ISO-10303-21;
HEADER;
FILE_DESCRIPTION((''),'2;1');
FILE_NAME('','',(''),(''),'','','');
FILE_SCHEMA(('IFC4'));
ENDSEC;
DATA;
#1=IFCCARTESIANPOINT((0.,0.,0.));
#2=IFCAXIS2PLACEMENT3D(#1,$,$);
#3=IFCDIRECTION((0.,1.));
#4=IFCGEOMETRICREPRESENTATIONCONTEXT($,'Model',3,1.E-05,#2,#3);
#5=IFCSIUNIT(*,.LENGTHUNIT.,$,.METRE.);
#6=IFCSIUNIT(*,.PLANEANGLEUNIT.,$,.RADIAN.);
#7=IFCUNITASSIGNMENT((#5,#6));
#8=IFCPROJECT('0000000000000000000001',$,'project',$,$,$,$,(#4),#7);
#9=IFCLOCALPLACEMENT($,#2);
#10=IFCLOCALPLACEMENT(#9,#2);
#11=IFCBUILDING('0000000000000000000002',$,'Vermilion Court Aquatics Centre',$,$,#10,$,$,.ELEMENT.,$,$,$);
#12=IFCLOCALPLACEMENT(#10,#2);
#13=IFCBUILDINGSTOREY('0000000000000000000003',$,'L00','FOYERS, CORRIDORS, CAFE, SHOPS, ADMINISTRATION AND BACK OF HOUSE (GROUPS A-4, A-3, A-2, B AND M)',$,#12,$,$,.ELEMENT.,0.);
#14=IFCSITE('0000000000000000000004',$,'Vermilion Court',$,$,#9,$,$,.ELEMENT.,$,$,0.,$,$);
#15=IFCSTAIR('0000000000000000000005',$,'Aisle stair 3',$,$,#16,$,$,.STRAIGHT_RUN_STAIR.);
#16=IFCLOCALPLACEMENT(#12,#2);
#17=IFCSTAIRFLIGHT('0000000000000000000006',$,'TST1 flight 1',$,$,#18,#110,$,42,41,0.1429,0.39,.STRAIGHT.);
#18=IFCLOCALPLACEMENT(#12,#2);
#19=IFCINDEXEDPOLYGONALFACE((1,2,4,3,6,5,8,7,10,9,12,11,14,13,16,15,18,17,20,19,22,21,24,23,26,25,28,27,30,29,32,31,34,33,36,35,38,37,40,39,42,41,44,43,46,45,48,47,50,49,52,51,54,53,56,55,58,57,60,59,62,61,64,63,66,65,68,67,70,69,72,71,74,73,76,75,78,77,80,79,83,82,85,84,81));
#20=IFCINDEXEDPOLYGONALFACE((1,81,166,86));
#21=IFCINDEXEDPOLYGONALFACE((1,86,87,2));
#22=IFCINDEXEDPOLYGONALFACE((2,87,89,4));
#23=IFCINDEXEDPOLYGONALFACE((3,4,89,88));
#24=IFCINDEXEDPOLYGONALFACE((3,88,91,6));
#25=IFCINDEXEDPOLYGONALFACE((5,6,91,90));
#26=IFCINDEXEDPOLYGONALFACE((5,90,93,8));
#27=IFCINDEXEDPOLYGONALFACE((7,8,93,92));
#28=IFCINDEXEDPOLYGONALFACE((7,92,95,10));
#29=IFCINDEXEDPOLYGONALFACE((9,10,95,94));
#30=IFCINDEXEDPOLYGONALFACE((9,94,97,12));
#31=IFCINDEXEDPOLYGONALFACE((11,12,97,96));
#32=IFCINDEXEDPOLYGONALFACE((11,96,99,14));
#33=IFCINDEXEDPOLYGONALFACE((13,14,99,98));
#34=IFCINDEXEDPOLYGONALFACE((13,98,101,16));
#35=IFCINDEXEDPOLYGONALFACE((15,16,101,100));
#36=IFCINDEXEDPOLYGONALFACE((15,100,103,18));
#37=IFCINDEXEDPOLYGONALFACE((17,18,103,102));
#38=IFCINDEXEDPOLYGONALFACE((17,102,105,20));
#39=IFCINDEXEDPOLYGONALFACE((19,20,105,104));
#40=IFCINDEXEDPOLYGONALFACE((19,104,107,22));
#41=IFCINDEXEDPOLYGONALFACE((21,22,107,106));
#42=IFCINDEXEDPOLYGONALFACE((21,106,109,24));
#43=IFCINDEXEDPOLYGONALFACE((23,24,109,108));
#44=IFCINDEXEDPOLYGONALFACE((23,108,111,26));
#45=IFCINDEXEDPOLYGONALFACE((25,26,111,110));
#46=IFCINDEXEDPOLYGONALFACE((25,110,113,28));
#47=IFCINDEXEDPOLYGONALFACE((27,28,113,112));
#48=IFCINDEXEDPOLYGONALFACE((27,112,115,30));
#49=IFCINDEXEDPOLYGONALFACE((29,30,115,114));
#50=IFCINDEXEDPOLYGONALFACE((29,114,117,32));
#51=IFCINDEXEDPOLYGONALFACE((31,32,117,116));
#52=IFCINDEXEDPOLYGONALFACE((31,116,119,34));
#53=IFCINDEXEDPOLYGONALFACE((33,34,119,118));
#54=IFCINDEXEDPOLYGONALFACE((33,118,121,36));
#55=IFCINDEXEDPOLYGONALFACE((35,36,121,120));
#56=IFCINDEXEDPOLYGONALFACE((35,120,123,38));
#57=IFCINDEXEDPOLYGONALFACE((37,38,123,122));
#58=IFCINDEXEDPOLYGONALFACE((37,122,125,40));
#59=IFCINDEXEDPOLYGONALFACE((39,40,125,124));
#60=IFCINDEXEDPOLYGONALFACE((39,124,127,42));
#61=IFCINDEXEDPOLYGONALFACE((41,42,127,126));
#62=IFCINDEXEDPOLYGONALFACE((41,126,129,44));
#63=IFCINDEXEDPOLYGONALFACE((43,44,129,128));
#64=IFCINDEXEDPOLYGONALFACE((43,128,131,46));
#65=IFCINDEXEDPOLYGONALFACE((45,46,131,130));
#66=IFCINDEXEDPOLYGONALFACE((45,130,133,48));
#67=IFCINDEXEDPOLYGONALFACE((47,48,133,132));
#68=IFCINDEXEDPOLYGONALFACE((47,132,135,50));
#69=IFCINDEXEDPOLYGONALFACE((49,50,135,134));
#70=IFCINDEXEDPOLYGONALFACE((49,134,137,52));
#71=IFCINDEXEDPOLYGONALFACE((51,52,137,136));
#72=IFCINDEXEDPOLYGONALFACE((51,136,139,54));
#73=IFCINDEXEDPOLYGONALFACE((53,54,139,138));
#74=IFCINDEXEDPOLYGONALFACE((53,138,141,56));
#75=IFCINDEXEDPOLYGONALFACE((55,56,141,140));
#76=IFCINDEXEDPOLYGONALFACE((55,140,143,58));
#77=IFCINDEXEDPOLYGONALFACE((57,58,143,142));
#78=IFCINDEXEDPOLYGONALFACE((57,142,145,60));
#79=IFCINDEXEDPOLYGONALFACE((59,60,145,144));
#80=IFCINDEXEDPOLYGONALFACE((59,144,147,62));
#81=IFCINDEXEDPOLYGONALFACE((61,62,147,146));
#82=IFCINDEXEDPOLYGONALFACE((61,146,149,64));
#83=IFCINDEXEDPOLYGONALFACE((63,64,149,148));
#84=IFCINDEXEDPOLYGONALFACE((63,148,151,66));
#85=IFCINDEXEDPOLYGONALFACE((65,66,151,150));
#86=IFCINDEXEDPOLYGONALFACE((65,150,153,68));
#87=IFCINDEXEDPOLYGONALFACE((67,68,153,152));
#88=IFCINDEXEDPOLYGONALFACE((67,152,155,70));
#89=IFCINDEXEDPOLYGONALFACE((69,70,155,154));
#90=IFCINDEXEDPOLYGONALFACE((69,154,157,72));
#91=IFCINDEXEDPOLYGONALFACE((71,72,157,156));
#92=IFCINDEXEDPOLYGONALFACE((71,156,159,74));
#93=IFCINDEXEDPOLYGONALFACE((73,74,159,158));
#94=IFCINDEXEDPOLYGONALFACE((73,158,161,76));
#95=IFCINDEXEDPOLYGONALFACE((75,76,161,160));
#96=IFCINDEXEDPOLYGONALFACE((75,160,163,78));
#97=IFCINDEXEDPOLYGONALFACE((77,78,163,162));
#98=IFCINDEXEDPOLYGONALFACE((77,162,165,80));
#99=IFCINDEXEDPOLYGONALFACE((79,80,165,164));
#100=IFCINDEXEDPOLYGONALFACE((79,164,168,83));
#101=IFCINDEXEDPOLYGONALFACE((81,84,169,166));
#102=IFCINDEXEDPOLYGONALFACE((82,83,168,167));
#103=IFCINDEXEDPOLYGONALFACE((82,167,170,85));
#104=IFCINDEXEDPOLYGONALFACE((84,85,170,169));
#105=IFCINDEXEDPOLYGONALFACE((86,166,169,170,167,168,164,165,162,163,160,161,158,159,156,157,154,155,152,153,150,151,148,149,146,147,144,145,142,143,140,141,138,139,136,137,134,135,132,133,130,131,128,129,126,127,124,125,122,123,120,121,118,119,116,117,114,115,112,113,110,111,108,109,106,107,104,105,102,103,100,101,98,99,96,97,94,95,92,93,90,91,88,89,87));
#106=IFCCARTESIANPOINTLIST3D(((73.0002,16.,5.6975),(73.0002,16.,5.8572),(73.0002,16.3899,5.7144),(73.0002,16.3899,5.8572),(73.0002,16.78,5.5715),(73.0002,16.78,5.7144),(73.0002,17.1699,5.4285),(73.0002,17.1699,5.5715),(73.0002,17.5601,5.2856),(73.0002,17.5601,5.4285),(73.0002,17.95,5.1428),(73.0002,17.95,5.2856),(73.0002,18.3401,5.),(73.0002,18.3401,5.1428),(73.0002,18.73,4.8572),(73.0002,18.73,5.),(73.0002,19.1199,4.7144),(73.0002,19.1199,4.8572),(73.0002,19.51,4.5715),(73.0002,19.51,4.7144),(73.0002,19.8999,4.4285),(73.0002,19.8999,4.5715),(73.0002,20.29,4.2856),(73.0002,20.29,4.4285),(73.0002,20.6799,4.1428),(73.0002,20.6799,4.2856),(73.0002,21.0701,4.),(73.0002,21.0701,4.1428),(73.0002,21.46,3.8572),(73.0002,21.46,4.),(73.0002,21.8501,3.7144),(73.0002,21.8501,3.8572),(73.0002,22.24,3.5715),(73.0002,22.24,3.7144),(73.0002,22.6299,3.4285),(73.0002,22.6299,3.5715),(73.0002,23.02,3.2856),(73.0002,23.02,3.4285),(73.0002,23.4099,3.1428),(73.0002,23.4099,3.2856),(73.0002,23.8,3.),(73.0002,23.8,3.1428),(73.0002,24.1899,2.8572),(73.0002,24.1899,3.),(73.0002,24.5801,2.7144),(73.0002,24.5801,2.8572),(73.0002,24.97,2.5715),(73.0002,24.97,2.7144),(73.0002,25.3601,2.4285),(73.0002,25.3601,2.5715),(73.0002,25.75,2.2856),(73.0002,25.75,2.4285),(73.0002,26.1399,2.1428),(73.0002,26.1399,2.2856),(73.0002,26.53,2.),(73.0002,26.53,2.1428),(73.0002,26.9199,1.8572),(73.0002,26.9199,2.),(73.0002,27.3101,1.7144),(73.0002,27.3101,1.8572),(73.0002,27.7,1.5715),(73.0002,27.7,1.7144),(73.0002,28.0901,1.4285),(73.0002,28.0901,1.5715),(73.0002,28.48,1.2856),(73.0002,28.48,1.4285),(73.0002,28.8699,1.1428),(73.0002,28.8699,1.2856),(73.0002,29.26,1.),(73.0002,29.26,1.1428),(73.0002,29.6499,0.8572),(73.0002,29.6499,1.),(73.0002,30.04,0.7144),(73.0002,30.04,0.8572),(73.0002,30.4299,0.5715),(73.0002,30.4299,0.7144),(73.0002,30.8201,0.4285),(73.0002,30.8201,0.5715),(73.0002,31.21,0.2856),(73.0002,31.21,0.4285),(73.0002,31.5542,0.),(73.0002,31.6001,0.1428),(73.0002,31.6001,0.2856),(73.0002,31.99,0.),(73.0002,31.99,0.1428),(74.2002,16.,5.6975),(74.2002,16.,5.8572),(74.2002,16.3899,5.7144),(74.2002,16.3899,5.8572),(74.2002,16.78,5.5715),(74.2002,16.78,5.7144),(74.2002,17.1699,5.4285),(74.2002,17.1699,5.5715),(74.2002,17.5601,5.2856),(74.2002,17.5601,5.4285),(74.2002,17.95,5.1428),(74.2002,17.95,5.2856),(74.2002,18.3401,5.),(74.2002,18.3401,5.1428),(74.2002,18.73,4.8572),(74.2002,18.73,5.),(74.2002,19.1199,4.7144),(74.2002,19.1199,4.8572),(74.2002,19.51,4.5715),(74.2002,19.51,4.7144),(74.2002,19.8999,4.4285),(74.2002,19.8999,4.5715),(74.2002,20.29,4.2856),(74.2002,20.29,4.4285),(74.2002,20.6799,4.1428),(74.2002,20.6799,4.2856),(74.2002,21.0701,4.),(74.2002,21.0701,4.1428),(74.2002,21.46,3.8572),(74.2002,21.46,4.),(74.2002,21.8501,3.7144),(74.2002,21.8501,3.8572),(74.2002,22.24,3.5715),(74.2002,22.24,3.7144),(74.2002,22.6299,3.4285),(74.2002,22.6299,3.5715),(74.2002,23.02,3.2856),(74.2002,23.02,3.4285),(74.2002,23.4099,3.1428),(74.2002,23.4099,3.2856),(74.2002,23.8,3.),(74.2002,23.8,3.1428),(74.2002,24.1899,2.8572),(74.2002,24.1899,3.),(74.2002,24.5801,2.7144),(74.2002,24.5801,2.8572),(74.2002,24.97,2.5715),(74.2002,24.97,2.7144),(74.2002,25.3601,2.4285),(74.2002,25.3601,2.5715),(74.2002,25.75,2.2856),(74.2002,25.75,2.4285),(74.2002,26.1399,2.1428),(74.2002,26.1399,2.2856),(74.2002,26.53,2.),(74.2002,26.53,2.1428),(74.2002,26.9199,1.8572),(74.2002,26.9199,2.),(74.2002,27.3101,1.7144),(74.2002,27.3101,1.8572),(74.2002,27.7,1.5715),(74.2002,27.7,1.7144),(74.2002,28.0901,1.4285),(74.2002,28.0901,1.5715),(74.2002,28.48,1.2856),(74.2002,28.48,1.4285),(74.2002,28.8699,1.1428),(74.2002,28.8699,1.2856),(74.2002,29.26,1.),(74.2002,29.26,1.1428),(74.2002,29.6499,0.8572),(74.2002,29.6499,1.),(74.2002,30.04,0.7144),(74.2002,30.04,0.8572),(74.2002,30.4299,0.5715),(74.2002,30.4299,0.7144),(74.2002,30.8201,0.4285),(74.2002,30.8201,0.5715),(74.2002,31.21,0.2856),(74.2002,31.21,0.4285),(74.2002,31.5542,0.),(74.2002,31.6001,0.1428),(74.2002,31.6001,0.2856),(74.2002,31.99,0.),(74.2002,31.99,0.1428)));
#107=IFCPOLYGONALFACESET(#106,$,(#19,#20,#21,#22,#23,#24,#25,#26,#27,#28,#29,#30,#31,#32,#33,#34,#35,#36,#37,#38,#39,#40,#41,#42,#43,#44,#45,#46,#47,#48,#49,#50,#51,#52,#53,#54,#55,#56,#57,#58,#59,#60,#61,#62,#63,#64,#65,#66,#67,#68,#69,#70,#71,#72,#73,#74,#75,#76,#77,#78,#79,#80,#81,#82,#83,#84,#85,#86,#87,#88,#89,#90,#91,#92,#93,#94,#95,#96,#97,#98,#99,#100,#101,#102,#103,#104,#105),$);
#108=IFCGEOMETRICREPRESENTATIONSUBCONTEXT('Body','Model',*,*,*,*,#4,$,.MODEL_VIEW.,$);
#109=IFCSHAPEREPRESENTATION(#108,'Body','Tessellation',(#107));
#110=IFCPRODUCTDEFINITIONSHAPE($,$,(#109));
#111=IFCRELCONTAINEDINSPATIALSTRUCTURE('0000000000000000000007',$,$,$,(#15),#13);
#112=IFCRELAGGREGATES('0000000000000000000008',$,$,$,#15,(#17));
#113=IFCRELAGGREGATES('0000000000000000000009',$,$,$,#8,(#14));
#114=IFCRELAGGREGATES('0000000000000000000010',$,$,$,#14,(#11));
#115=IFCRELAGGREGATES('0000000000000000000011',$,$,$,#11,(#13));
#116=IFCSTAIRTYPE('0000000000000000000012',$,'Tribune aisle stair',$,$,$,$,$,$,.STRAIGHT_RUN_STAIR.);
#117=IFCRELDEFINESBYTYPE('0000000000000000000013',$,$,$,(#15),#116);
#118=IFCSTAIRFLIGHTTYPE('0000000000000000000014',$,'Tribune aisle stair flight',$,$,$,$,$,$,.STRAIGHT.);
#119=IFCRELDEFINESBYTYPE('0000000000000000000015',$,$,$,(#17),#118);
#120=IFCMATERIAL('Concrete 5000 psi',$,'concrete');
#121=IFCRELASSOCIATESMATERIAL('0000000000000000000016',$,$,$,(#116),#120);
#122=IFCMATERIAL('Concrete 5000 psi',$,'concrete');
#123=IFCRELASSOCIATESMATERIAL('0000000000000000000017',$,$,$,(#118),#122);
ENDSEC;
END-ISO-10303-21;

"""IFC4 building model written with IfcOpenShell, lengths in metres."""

from ifc_helpers import new_model, si_unit, direction, frame, origin, place, context, subcontext, project, spatial, polyline, outline, extrude, material, type_object, element, aggregate, save


model = new_model("IFC4")

# Units and contexts
model_context = context("Model", 3, precision=1e-05, world=origin(), true_north=direction((0.0, 1.0)))
body_context = subcontext(model_context, "Body", "Model", "MODEL_VIEW")
ifc_project = project(units=[si_unit("LENGTHUNIT", "METRE"), si_unit("PLANEANGLEUNIT", "RADIAN")], contexts=[model_context])

# Site, building, storey
site_placement = place(None, origin())
site = spatial("IfcSite", under=ifc_project, at=site_placement, Name="Vermilion Court", CompositionType="ELEMENT", RefElevation=0.0)
building_placement = place(site_placement, origin())
building = spatial("IfcBuilding", under=site, at=building_placement, Name="Vermilion Court Aquatics Centre", CompositionType="ELEMENT")
storey_placement = place(building_placement, origin())
storey = spatial("IfcBuildingStorey", under=building, at=storey_placement, Name="L00", Description="FOYERS, CORRIDORS, CAFE, SHOPS, ADMINISTRATION AND BACK OF HOUSE (GROUPS A-4, A-3, A-2, B AND M)", CompositionType="ELEMENT", Elevation=0.0)

# Stair, stair flight
ifc_material_1 = material(Name="Concrete 5000 psi", Category="concrete")
stair_type = type_object("IfcStairType", Name="Tribune aisle stair", PredefinedType="STRAIGHT_RUN_STAIR", material=ifc_material_1)
ifc_material_2 = material(Name="Concrete 5000 psi", Category="concrete")
stair_flight_type = type_object("IfcStairFlightType", Name="Tribune aisle stair flight", PredefinedType="STRAIGHT", material=ifc_material_2)
stair_1_placement = place(storey_placement, origin())
stair_1 = element("IfcStair", 1, at=stair_1_placement, inside=storey, type_object=stair_type, Name="Aisle stair 3", PredefinedType="STRAIGHT_RUN_STAIR")
stair_flight_1_placement = place(storey_placement, frame((73.6001, 31.99, 0.0), z_axis=(0.0, 0.0, 1.0), x_axis=(0.0, -1.0, 0.0)))
stair_flight_1 = element("IfcStairFlight", 2, at=stair_flight_1_placement, type_object=stair_flight_type, Name="TST1 flight 1", NumberOfRisers=42, NumberOfTreads=41, PredefinedType="STRAIGHT", RiserHeight=0.1429, TreadLength=0.39, context=body_context, shape_type="SweptSolid", body=[
    extrude(outline(polyline([(0.0, 0.0), (0.0, 0.1428), (0.3899, 0.1428), (0.3899, 0.2856), (0.78, 0.2856), (0.78, 0.4285), (1.1699, 0.4285), (1.1699, 0.5715), (1.5601, 0.5715), (1.5601, 0.7144), (1.95, 0.7144), (1.95, 0.8572), (2.3401, 0.8572), (2.3401, 1.0), (2.73, 1.0), (2.73, 1.1428), (3.1201, 1.1428), (3.1201, 1.2856), (3.51, 1.2856), (3.51, 1.4285), (3.8999, 1.4285), (3.8999, 1.5715), (4.29, 1.5715), (4.29, 1.7144), (4.6799, 1.7144), (4.6799, 1.8572), (5.0701, 1.8572), (5.0701, 2.0), (5.46, 2.0), (5.46, 2.1428), (5.8501, 2.1428), (5.8501, 2.2856), (6.24, 2.2856), (6.24, 2.4285), (6.6299, 2.4285), (6.6299, 2.5715), (7.02, 2.5715), (7.02, 2.7144), (7.4099, 2.7144), (7.4099, 2.8572), (7.8, 2.8572), (7.8, 3.0), (8.1899, 3.0), (8.1899, 3.1428), (8.5801, 3.1428), (8.5801, 3.2856), (8.97, 3.2856), (8.97, 3.4285), (9.3601, 3.4285), (9.3601, 3.5715), (9.75, 3.5715), (9.75, 3.7144), (10.1399, 3.7144), (10.1399, 3.8572), (10.53, 3.8572), (10.53, 4.0), (10.9199, 4.0), (10.9199, 4.1428), (11.3101, 4.1428), (11.3101, 4.2856), (11.7, 4.2856), (11.7, 4.4285), (12.0901, 4.4285), (12.0901, 4.5715), (12.48, 4.5715), (12.48, 4.7144), (12.8701, 4.7144), (12.8701, 4.8572), (13.26, 4.8572), (13.26, 5.0), (13.6499, 5.0), (13.6499, 5.1428), (14.04, 5.1428), (14.04, 5.2856), (14.4299, 5.2856), (14.4299, 5.4285), (14.8201, 5.4285), (14.8201, 5.5715), (15.21, 5.5715), (15.21, 5.7144), (15.6001, 5.7144), (15.6001, 5.8572), (15.99, 5.8572), (15.99, 6.0), (15.99, 5.6975), (0.4358, 0.0), (0.0, 0.0)])), frame((0.0, 0.6001, 0.0), z_axis=(0.0, -1.0, 0.0), x_axis=(1.0, 0.0, 0.0)), (0.0, 0.0, 1.0), 1.2),
])
aggregate(stair_1, [stair_flight_1])

save(model, "model.ifc")
